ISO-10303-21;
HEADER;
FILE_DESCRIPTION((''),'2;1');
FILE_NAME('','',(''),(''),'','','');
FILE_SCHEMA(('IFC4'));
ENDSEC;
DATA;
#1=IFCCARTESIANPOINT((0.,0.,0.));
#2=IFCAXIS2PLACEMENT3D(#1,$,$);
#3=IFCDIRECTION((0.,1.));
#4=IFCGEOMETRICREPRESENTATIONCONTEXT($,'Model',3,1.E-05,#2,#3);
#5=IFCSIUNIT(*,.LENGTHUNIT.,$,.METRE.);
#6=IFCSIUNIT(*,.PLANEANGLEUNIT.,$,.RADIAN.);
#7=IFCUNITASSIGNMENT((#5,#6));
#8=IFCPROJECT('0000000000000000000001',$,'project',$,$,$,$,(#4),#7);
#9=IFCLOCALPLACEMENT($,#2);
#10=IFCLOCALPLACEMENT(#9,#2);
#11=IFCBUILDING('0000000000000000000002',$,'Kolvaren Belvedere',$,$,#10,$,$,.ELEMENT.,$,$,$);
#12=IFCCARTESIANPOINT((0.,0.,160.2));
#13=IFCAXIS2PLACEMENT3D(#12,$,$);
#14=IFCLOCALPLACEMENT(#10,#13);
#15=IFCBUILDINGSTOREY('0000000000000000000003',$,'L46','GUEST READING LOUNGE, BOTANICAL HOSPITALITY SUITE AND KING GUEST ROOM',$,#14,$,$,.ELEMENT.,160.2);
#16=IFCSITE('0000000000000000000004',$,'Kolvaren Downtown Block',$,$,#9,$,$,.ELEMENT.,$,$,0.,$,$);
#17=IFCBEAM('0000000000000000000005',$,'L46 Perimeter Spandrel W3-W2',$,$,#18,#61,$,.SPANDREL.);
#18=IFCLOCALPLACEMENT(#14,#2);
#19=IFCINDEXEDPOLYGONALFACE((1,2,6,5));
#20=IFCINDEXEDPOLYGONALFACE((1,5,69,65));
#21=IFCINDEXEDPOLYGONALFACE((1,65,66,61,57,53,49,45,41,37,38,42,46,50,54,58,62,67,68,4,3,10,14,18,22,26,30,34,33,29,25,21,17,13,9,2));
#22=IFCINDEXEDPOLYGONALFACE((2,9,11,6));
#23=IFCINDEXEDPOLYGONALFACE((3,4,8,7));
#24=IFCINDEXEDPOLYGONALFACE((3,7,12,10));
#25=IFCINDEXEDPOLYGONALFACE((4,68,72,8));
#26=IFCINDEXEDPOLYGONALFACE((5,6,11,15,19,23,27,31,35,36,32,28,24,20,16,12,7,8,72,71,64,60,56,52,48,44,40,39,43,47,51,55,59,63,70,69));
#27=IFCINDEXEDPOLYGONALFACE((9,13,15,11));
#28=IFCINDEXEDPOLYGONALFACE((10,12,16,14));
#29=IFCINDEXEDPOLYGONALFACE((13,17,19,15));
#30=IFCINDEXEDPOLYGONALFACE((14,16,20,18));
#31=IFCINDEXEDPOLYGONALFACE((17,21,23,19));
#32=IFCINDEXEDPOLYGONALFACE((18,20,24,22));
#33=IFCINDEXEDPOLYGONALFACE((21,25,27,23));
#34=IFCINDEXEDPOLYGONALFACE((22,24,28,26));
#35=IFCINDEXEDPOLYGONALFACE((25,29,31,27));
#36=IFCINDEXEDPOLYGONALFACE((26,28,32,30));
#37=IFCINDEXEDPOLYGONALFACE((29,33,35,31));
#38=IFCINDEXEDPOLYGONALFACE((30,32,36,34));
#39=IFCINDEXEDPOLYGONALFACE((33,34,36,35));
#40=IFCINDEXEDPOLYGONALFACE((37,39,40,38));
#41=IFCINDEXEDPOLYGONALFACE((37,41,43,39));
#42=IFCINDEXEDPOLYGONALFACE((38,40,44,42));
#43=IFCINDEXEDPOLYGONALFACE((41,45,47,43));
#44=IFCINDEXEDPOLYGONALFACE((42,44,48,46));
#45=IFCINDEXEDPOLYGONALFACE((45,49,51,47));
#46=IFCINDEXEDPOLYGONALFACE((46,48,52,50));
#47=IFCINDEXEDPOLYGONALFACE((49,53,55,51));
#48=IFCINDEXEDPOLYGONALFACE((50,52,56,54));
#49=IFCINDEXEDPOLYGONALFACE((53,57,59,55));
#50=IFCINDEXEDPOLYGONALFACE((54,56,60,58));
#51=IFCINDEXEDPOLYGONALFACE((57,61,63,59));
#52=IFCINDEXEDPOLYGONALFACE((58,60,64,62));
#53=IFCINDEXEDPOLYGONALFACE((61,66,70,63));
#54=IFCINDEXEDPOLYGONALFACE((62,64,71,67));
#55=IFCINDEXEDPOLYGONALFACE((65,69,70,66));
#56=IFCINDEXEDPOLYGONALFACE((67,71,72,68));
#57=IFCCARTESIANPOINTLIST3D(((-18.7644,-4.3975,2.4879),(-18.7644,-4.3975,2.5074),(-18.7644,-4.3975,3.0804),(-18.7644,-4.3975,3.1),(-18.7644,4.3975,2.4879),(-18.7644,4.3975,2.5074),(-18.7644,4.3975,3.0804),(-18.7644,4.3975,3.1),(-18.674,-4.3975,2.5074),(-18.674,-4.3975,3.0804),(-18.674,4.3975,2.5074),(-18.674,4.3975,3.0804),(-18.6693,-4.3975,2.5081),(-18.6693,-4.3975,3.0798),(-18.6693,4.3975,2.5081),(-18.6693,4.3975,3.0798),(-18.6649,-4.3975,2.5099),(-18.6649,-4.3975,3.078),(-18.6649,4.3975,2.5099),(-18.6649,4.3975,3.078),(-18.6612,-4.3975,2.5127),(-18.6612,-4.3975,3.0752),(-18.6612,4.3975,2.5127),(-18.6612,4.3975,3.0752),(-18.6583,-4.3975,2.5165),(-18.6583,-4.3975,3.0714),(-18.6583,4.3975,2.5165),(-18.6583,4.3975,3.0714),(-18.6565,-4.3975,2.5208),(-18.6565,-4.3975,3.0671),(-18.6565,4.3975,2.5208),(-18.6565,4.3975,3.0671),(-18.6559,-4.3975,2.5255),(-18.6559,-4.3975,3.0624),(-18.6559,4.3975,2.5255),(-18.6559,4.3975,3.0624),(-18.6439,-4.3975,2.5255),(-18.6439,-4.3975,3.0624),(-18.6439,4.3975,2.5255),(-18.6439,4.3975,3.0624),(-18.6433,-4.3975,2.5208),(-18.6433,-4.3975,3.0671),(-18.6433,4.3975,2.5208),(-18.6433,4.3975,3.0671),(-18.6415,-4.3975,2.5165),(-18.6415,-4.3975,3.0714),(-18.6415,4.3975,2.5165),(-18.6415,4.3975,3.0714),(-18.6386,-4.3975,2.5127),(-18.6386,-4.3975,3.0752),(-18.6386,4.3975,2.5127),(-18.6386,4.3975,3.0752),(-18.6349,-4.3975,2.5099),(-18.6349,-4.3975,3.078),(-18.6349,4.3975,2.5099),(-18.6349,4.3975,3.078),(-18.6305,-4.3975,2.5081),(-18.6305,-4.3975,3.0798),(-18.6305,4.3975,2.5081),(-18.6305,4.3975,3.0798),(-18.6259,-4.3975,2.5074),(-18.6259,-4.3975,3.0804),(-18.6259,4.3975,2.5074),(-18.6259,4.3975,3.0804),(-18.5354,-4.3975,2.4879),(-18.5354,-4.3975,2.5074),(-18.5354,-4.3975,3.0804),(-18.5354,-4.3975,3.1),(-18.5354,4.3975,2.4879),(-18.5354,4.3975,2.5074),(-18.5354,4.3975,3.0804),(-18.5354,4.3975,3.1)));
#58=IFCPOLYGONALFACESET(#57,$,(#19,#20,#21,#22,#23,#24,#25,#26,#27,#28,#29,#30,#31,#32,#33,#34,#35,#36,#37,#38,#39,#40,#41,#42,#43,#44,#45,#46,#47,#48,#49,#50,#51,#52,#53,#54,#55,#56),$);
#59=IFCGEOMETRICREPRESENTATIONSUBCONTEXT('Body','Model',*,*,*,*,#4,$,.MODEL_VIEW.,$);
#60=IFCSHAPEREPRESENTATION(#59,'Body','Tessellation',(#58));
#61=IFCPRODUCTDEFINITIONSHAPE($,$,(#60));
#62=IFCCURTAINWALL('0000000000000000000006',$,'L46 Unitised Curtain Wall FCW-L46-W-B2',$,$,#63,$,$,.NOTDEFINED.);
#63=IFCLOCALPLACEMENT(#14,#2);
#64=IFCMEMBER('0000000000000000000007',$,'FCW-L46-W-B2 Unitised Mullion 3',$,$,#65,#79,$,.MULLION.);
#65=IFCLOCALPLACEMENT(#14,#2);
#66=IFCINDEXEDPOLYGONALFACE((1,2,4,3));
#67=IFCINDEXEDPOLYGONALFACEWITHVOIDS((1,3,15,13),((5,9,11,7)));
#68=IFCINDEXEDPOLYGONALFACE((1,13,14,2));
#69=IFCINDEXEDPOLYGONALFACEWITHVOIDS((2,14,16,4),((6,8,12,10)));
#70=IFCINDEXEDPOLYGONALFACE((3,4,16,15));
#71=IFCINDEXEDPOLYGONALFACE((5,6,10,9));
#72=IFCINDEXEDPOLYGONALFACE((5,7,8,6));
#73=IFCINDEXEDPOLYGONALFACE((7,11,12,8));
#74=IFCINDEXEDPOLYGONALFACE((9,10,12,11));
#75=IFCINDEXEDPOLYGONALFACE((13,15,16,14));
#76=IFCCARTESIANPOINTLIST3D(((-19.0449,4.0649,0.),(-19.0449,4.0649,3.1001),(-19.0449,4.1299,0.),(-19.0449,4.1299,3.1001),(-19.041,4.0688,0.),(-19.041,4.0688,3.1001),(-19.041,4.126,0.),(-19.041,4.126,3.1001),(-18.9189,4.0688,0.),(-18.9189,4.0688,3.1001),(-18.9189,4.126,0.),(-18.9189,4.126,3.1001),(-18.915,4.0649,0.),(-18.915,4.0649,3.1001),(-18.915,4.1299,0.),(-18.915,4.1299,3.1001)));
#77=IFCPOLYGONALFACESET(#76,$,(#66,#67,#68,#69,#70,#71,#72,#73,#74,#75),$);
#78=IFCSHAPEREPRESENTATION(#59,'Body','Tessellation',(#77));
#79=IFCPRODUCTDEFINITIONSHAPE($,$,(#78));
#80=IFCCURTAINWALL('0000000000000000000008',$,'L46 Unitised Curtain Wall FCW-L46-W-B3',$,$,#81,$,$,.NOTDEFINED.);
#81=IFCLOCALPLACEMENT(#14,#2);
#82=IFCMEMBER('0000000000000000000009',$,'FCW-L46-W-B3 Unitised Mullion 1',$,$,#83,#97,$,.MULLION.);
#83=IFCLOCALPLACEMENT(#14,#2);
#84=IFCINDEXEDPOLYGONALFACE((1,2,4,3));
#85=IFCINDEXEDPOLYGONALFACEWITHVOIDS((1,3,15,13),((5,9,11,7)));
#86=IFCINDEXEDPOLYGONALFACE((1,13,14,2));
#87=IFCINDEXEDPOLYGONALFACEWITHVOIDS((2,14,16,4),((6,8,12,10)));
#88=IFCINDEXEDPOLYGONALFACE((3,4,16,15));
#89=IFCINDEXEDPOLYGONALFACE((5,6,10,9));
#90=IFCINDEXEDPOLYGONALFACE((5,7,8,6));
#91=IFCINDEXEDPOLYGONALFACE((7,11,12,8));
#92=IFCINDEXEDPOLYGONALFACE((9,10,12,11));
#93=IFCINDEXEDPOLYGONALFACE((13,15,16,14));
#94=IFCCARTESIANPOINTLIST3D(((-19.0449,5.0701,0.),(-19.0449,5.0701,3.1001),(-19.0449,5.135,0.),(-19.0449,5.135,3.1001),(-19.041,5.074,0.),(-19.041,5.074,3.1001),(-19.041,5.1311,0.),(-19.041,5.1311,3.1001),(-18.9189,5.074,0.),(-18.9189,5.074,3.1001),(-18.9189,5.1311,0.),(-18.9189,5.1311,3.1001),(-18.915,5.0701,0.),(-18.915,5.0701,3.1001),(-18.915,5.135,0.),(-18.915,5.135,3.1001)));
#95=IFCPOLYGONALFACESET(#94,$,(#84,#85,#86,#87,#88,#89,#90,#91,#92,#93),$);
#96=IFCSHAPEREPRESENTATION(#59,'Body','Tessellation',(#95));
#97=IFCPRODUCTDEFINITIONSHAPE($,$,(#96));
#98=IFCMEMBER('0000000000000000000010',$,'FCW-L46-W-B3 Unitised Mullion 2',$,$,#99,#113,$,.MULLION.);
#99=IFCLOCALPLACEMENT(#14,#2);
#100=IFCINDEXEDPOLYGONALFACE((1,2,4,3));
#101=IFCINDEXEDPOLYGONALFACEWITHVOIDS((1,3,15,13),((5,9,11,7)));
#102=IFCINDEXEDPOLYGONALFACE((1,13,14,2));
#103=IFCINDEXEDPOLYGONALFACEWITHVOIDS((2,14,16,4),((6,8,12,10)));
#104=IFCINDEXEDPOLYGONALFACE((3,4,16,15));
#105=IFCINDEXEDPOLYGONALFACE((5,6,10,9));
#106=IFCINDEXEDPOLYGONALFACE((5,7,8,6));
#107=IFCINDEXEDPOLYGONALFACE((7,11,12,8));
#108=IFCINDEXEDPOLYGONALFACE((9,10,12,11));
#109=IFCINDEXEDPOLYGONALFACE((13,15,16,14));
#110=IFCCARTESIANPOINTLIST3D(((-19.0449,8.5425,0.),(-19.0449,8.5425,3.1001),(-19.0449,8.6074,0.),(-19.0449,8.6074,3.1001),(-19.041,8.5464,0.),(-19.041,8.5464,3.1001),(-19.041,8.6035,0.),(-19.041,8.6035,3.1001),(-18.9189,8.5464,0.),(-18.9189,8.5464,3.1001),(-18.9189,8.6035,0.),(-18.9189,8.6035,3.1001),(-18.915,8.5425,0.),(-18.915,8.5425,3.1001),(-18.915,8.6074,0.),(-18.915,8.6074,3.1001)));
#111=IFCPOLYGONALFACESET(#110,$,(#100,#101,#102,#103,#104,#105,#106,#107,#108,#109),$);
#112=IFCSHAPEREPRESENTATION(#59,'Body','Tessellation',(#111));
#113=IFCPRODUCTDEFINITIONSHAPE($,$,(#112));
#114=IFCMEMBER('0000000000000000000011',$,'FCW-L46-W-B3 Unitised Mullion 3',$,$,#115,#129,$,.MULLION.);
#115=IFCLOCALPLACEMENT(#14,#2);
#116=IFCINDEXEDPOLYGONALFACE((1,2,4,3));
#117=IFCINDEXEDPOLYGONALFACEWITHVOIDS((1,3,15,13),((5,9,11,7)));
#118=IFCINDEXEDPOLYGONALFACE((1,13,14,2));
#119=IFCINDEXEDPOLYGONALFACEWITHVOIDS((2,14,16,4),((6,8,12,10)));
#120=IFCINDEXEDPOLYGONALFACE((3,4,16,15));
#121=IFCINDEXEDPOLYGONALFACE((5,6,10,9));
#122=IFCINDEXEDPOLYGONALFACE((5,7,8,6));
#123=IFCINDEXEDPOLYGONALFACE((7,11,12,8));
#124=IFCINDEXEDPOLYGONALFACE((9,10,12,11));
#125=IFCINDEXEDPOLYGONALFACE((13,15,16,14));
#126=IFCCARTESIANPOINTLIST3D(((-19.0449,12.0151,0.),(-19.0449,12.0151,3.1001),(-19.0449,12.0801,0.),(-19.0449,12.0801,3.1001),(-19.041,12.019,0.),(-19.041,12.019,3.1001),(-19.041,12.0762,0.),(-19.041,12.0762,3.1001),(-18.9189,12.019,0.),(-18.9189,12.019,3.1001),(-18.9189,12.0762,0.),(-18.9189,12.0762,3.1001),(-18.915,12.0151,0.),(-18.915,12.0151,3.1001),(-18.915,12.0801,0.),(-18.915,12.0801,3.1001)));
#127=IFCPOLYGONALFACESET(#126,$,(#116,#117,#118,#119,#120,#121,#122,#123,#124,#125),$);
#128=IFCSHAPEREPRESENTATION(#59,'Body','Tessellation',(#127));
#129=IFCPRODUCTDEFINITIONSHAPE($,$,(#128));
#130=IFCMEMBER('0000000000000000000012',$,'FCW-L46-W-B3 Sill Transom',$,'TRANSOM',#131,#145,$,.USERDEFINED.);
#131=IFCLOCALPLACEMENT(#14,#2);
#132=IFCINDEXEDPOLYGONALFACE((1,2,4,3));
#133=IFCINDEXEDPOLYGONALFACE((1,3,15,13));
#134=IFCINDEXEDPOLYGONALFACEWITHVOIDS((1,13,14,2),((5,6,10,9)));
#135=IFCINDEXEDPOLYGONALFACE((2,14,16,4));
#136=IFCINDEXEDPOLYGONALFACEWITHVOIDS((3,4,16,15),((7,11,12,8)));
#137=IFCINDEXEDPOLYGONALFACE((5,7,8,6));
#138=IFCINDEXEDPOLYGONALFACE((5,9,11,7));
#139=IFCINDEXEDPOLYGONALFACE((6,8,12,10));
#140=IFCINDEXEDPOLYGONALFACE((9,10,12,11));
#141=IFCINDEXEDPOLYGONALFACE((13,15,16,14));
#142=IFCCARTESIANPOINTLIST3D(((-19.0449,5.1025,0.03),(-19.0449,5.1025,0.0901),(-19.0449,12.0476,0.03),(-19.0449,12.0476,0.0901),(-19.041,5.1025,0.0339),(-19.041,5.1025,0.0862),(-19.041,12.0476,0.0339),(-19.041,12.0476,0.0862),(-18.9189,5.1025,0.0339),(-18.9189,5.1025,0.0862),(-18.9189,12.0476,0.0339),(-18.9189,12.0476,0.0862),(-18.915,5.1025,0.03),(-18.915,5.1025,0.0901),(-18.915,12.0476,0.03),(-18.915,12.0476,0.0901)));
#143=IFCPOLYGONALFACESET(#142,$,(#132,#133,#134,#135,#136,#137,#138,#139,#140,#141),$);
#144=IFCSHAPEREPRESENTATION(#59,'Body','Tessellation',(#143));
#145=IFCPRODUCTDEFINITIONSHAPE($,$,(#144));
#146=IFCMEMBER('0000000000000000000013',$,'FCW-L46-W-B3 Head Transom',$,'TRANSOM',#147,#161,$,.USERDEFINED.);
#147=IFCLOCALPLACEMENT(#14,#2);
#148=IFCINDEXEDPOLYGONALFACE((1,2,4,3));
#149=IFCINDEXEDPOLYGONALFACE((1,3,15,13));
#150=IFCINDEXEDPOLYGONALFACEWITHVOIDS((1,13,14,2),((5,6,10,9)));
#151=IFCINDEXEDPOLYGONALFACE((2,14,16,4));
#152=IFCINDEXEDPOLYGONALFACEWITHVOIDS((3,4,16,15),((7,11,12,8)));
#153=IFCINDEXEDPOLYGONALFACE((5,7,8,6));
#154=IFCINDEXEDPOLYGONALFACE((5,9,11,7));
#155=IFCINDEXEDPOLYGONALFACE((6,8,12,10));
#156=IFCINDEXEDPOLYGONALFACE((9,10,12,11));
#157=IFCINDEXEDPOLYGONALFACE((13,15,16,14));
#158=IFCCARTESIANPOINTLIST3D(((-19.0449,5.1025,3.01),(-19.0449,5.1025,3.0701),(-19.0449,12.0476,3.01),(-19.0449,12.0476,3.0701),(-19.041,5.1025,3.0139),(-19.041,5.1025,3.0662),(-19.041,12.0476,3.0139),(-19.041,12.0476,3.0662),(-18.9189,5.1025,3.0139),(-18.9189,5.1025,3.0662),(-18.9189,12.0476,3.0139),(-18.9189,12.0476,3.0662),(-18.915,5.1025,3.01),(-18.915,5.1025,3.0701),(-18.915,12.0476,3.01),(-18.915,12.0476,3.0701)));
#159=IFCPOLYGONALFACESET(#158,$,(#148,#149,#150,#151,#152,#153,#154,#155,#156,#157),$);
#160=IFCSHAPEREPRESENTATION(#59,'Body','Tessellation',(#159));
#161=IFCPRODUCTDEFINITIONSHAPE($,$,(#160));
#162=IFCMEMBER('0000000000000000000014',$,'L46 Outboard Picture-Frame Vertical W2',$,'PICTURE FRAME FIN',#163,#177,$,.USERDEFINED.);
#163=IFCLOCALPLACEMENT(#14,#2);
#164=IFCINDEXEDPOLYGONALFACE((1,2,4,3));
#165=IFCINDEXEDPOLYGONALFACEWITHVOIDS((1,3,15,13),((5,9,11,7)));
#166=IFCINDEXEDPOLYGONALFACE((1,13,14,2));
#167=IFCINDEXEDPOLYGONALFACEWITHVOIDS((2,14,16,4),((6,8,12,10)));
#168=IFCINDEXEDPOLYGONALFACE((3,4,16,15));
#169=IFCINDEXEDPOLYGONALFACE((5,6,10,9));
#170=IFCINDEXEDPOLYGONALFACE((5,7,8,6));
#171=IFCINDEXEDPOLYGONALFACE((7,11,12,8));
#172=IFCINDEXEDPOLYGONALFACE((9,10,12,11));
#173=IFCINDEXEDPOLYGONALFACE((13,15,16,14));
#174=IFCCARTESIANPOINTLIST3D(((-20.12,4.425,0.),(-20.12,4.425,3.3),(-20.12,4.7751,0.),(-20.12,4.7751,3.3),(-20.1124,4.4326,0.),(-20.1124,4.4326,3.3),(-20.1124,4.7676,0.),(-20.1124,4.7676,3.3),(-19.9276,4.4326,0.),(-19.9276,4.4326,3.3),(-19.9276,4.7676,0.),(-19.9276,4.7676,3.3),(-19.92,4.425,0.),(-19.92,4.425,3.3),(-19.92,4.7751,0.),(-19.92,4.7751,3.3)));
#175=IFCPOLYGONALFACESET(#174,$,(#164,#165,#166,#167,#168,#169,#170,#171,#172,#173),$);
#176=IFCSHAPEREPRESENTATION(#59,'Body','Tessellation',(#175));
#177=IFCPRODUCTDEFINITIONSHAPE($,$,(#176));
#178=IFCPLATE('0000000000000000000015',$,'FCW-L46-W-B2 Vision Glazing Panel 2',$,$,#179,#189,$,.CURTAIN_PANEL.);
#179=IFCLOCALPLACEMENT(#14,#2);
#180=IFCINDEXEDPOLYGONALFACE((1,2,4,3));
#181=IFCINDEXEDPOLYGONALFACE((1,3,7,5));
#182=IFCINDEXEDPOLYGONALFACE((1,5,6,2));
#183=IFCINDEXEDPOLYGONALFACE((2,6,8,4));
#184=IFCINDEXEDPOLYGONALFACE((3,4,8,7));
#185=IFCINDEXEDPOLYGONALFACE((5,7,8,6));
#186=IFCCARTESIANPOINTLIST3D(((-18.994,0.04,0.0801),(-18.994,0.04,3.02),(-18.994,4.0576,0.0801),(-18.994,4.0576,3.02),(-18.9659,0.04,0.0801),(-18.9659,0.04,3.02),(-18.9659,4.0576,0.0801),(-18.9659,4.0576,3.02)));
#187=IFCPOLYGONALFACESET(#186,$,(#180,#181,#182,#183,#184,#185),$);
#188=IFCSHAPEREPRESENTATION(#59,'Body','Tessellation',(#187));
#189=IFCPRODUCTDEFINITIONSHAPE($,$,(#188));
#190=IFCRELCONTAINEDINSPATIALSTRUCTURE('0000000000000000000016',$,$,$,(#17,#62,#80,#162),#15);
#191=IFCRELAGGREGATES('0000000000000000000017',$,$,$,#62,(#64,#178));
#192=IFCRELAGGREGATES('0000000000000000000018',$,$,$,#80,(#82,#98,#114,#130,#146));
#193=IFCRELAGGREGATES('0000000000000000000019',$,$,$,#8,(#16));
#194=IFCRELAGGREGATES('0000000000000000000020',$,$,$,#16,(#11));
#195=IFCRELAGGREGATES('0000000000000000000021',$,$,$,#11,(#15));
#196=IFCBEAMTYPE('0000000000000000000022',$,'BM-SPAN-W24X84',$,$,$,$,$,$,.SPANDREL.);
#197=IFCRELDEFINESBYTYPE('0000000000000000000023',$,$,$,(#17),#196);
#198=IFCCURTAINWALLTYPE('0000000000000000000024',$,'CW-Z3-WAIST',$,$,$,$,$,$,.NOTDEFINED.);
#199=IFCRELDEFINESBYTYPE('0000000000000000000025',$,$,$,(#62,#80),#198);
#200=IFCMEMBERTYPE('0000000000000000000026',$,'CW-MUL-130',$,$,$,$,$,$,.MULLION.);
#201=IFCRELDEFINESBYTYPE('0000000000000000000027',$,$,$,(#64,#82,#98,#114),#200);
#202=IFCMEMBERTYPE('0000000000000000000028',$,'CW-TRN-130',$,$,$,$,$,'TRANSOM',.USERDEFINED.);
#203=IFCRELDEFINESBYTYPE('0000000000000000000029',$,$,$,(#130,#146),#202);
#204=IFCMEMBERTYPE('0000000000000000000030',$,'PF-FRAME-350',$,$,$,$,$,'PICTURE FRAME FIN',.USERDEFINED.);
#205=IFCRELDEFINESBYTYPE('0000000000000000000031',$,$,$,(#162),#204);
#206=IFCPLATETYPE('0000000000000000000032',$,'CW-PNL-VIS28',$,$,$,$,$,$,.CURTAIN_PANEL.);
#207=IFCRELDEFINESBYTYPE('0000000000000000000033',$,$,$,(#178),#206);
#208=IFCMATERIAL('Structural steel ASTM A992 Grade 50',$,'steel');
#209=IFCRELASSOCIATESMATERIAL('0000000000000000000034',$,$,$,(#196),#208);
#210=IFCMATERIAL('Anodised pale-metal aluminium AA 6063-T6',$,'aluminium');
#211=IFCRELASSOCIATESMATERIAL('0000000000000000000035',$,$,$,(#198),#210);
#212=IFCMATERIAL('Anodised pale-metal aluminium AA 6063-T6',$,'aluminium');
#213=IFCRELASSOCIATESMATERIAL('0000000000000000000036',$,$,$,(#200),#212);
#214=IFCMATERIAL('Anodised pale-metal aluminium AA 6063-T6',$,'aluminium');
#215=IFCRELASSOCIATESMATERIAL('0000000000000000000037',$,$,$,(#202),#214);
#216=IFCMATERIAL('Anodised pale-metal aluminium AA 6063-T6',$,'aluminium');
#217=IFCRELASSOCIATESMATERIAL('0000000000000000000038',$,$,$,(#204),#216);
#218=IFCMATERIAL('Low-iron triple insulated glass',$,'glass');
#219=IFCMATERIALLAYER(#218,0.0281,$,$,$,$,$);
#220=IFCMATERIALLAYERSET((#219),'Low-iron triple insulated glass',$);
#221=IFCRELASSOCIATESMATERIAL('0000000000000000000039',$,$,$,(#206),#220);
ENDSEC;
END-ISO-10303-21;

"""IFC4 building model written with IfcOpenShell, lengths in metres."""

from ifc_helpers import new_model, si_unit, direction, frame, origin, origin_2d, place, context, subcontext, project, spatial, rectangle, hollow_rectangle, i_section, extrude, material, layer, layer_set, material_profile, profile_set, type_object, element, aggregate, save


model = new_model("IFC4")

# Units and contexts
model_context = context("Model", 3, precision=1e-05, world=origin(), true_north=direction((0.0, 1.0)))
body_context = subcontext(model_context, "Body", "Model", "MODEL_VIEW")
ifc_project = project(units=[si_unit("LENGTHUNIT", "METRE"), si_unit("PLANEANGLEUNIT", "RADIAN")], contexts=[model_context])

# Site, building, storey
site_placement = place(None, origin())
site = spatial("IfcSite", under=ifc_project, at=site_placement, Name="Kolvaren Downtown Block", CompositionType="ELEMENT", RefElevation=0.0)
building_placement = place(site_placement, origin())
building = spatial("IfcBuilding", under=site, at=building_placement, Name="Kolvaren Belvedere", CompositionType="ELEMENT")
storey_placement = place(building_placement, frame((0.0, 0.0, 160.2)))
storey = spatial("IfcBuildingStorey", under=building, at=storey_placement, Name="L46", Description="GUEST READING LOUNGE, BOTANICAL HOSPITALITY SUITE AND KING GUEST ROOM", CompositionType="ELEMENT", Elevation=160.2)

# Beam
ifc_material_1 = material(Name="Structural steel ASTM A992 Grade 50", Category="steel")
ifc_material_profile_1 = material_profile(ifc_material_1, i_section(OverallWidth=0.229, OverallDepth=0.6121, WebThickness=0.012, FlangeThickness=0.0195, FilletRadius=0.0181, at=origin_2d()), Name="W24X84")
ifc_profile_set_1 = profile_set([ifc_material_profile_1], Name="Structural steel ASTM A992 Grade 50")
beam_type_1 = type_object("IfcBeamType", Name="BM-SPAN-W24X84", PredefinedType="SPANDREL", material=ifc_profile_set_1)
beam_1_placement = place(storey_placement, frame((-18.6499, 4.3975, 2.7939), z_axis=(0.0, -1.0, 0.0), x_axis=(1.0, 0.0, 0.0)))
element("IfcBeam", 1, at=beam_1_placement, inside=storey, type_object=beam_type_1, Name="L46 Perimeter Spandrel W3-W2", PredefinedType="SPANDREL", context=body_context, shape_type="SweptSolid", body=[
    extrude(i_section(OverallWidth=0.229, OverallDepth=0.6121, WebThickness=0.012, FlangeThickness=0.0195, FilletRadius=0.0181, at=origin_2d()), origin(), (0.0, 0.0, 1.0), 8.7949),
])

# Curtain wall, member
ifc_material_2 = material(Name="Anodised pale-metal aluminium AA 6063-T6", Category="aluminium")
curtain_wall_type = type_object("IfcCurtainWallType", Name="CW-Z3-WAIST", PredefinedType="NOTDEFINED", material=ifc_material_2)
curtain_wall_1_placement = place(storey_placement, origin())
curtain_wall_1 = element("IfcCurtainWall", 2, at=curtain_wall_1_placement, inside=storey, type_object=curtain_wall_type, Name="L46 Unitised Curtain Wall FCW-L46-W-B2", PredefinedType="NOTDEFINED")
ifc_material_3 = material(Name="Anodised pale-metal aluminium AA 6063-T6", Category="aluminium")
ifc_material_profile_2 = material_profile(ifc_material_3, hollow_rectangle(XDim=0.0649, YDim=0.1299, WallThickness=0.0039, at=origin_2d()), Name="ALU-MUL-130X65")
ifc_profile_set_2 = profile_set([ifc_material_profile_2], Name="Anodised pale-metal aluminium AA 6063-T6")
member_type_1 = type_object("IfcMemberType", Name="CW-MUL-130", PredefinedType="MULLION", material=ifc_profile_set_2)
member_1_placement = place(storey_placement, frame((-18.98, 4.0974, 0.0), z_axis=(0.0, 0.0, 1.0), x_axis=(0.0, 1.0, 0.0)))
member_1 = element("IfcMember", 3, at=member_1_placement, type_object=member_type_1, Name="FCW-L46-W-B2 Unitised Mullion 3", PredefinedType="MULLION", context=body_context, shape_type="SweptSolid", body=[
    extrude(hollow_rectangle(XDim=0.0649, YDim=0.1299, WallThickness=0.0039, at=origin_2d()), origin(), (0.0, 0.0, 1.0), 3.1001),
])

# Curtain wall, members
curtain_wall_2_placement = place(storey_placement, origin())
curtain_wall_2 = element("IfcCurtainWall", 4, at=curtain_wall_2_placement, inside=storey, type_object=curtain_wall_type, Name="L46 Unitised Curtain Wall FCW-L46-W-B3", PredefinedType="NOTDEFINED")
member_2_placement = place(storey_placement, frame((-18.98, 5.1025, 0.0), z_axis=(0.0, 0.0, 1.0), x_axis=(0.0, 1.0, 0.0)))
member_2 = element("IfcMember", 5, at=member_2_placement, type_object=member_type_1, Name="FCW-L46-W-B3 Unitised Mullion 1", PredefinedType="MULLION", context=body_context, shape_type="SweptSolid", body=[
    extrude(hollow_rectangle(XDim=0.0649, YDim=0.1299, WallThickness=0.0039, at=origin_2d()), origin(), (0.0, 0.0, 1.0), 3.1001),
])
member_3_placement = place(storey_placement, frame((-18.98, 8.575, 0.0), z_axis=(0.0, 0.0, 1.0), x_axis=(0.0, 1.0, 0.0)))
member_3 = element("IfcMember", 6, at=member_3_placement, type_object=member_type_1, Name="FCW-L46-W-B3 Unitised Mullion 2", PredefinedType="MULLION", context=body_context, shape_type="SweptSolid", body=[
    extrude(hollow_rectangle(XDim=0.0649, YDim=0.1299, WallThickness=0.0039, at=origin_2d()), origin(), (0.0, 0.0, 1.0), 3.1001),
])
member_4_placement = place(storey_placement, frame((-18.98, 12.0476, 0.0), z_axis=(0.0, 0.0, 1.0), x_axis=(0.0, 1.0, 0.0)))
member_4 = element("IfcMember", 7, at=member_4_placement, type_object=member_type_1, Name="FCW-L46-W-B3 Unitised Mullion 3", PredefinedType="MULLION", context=body_context, shape_type="SweptSolid", body=[
    extrude(hollow_rectangle(XDim=0.0649, YDim=0.1299, WallThickness=0.0039, at=origin_2d()), origin(), (0.0, 0.0, 1.0), 3.1001),
])
ifc_material_4 = material(Name="Anodised pale-metal aluminium AA 6063-T6", Category="aluminium")
ifc_material_profile_3 = material_profile(ifc_material_4, hollow_rectangle(XDim=0.0601, YDim=0.1299, WallThickness=0.0039, at=origin_2d()), Name="ALU-TRN-130X60")
ifc_profile_set_3 = profile_set([ifc_material_profile_3], Name="Anodised pale-metal aluminium AA 6063-T6")
member_type_2 = type_object("IfcMemberType", Name="CW-TRN-130", ElementType="TRANSOM", PredefinedType="USERDEFINED", material=ifc_profile_set_3)
member_5_placement = place(storey_placement, frame((-18.98, 5.1025, 0.0601), z_axis=(0.0, 1.0, 0.0), x_axis=(0.0, 0.0, 1.0)))
member_5 = element("IfcMember", 8, at=member_5_placement, type_object=member_type_2, Name="FCW-L46-W-B3 Sill Transom", ObjectType="TRANSOM", PredefinedType="USERDEFINED", context=body_context, shape_type="SweptSolid", body=[
    extrude(hollow_rectangle(XDim=0.0601, YDim=0.1299, WallThickness=0.0039, at=origin_2d()), origin(), (0.0, 0.0, 1.0), 6.9451),
])
member_6_placement = place(storey_placement, frame((-18.98, 5.1025, 3.04), z_axis=(0.0, 1.0, 0.0), x_axis=(0.0, 0.0, 1.0)))
member_6 = element("IfcMember", 9, at=member_6_placement, type_object=member_type_2, Name="FCW-L46-W-B3 Head Transom", ObjectType="TRANSOM", PredefinedType="USERDEFINED", context=body_context, shape_type="SweptSolid", body=[
    extrude(hollow_rectangle(XDim=0.0601, YDim=0.1299, WallThickness=0.0039, at=origin_2d()), origin(), (0.0, 0.0, 1.0), 6.9451),
])

# Member
ifc_material_5 = material(Name="Anodised pale-metal aluminium AA 6063-T6", Category="aluminium")
ifc_material_profile_4 = material_profile(ifc_material_5, hollow_rectangle(XDim=0.2, YDim=0.3501, WallThickness=0.0076, at=origin_2d()), Name="ALU-PF-350X200")
ifc_profile_set_4 = profile_set([ifc_material_profile_4], Name="Anodised pale-metal aluminium AA 6063-T6")
member_type_3 = type_object("IfcMemberType", Name="PF-FRAME-350", ElementType="PICTURE FRAME FIN", PredefinedType="USERDEFINED", material=ifc_profile_set_4)
member_7_placement = place(storey_placement, frame((-20.02, 4.6001, 0.0), z_axis=(0.0, 0.0, 1.0), x_axis=(1.0, 0.0, 0.0)))
element("IfcMember", 10, at=member_7_placement, inside=storey, type_object=member_type_3, Name="L46 Outboard Picture-Frame Vertical W2", ObjectType="PICTURE FRAME FIN", PredefinedType="USERDEFINED", context=body_context, shape_type="SweptSolid", body=[
    extrude(hollow_rectangle(XDim=0.2, YDim=0.3501, WallThickness=0.0076, at=origin_2d()), origin(), (0.0, 0.0, 1.0), 3.3),
])

# Plate
ifc_material_6 = material(Name="Low-iron triple insulated glass", Category="glass")
ifc_layer_1 = layer(ifc_material_6, 0.0281)
ifc_layer_set_1 = layer_set([ifc_layer_1], Name="Low-iron triple insulated glass")
plate_type_1 = type_object("IfcPlateType", Name="CW-PNL-VIS28", PredefinedType="CURTAIN_PANEL", material=ifc_layer_set_1)
plate_1_placement = place(storey_placement, frame((-18.98, 2.0488, 0.0801), z_axis=(0.0, 0.0, 1.0), x_axis=(0.0, 1.0, 0.0)))
plate_1 = element("IfcPlate", 11, at=plate_1_placement, type_object=plate_type_1, Name="FCW-L46-W-B2 Vision Glazing Panel 2", PredefinedType="CURTAIN_PANEL", context=body_context, shape_type="SweptSolid", body=[
    extrude(rectangle(XDim=4.0176, YDim=0.0281, at=origin_2d()), origin(), (0.0, 0.0, 1.0), 2.9399),
])
aggregate(curtain_wall_1, [member_1, plate_1])
aggregate(curtain_wall_2, [member_2, member_3, member_4, member_5, member_6])

save(model, "model.ifc")
